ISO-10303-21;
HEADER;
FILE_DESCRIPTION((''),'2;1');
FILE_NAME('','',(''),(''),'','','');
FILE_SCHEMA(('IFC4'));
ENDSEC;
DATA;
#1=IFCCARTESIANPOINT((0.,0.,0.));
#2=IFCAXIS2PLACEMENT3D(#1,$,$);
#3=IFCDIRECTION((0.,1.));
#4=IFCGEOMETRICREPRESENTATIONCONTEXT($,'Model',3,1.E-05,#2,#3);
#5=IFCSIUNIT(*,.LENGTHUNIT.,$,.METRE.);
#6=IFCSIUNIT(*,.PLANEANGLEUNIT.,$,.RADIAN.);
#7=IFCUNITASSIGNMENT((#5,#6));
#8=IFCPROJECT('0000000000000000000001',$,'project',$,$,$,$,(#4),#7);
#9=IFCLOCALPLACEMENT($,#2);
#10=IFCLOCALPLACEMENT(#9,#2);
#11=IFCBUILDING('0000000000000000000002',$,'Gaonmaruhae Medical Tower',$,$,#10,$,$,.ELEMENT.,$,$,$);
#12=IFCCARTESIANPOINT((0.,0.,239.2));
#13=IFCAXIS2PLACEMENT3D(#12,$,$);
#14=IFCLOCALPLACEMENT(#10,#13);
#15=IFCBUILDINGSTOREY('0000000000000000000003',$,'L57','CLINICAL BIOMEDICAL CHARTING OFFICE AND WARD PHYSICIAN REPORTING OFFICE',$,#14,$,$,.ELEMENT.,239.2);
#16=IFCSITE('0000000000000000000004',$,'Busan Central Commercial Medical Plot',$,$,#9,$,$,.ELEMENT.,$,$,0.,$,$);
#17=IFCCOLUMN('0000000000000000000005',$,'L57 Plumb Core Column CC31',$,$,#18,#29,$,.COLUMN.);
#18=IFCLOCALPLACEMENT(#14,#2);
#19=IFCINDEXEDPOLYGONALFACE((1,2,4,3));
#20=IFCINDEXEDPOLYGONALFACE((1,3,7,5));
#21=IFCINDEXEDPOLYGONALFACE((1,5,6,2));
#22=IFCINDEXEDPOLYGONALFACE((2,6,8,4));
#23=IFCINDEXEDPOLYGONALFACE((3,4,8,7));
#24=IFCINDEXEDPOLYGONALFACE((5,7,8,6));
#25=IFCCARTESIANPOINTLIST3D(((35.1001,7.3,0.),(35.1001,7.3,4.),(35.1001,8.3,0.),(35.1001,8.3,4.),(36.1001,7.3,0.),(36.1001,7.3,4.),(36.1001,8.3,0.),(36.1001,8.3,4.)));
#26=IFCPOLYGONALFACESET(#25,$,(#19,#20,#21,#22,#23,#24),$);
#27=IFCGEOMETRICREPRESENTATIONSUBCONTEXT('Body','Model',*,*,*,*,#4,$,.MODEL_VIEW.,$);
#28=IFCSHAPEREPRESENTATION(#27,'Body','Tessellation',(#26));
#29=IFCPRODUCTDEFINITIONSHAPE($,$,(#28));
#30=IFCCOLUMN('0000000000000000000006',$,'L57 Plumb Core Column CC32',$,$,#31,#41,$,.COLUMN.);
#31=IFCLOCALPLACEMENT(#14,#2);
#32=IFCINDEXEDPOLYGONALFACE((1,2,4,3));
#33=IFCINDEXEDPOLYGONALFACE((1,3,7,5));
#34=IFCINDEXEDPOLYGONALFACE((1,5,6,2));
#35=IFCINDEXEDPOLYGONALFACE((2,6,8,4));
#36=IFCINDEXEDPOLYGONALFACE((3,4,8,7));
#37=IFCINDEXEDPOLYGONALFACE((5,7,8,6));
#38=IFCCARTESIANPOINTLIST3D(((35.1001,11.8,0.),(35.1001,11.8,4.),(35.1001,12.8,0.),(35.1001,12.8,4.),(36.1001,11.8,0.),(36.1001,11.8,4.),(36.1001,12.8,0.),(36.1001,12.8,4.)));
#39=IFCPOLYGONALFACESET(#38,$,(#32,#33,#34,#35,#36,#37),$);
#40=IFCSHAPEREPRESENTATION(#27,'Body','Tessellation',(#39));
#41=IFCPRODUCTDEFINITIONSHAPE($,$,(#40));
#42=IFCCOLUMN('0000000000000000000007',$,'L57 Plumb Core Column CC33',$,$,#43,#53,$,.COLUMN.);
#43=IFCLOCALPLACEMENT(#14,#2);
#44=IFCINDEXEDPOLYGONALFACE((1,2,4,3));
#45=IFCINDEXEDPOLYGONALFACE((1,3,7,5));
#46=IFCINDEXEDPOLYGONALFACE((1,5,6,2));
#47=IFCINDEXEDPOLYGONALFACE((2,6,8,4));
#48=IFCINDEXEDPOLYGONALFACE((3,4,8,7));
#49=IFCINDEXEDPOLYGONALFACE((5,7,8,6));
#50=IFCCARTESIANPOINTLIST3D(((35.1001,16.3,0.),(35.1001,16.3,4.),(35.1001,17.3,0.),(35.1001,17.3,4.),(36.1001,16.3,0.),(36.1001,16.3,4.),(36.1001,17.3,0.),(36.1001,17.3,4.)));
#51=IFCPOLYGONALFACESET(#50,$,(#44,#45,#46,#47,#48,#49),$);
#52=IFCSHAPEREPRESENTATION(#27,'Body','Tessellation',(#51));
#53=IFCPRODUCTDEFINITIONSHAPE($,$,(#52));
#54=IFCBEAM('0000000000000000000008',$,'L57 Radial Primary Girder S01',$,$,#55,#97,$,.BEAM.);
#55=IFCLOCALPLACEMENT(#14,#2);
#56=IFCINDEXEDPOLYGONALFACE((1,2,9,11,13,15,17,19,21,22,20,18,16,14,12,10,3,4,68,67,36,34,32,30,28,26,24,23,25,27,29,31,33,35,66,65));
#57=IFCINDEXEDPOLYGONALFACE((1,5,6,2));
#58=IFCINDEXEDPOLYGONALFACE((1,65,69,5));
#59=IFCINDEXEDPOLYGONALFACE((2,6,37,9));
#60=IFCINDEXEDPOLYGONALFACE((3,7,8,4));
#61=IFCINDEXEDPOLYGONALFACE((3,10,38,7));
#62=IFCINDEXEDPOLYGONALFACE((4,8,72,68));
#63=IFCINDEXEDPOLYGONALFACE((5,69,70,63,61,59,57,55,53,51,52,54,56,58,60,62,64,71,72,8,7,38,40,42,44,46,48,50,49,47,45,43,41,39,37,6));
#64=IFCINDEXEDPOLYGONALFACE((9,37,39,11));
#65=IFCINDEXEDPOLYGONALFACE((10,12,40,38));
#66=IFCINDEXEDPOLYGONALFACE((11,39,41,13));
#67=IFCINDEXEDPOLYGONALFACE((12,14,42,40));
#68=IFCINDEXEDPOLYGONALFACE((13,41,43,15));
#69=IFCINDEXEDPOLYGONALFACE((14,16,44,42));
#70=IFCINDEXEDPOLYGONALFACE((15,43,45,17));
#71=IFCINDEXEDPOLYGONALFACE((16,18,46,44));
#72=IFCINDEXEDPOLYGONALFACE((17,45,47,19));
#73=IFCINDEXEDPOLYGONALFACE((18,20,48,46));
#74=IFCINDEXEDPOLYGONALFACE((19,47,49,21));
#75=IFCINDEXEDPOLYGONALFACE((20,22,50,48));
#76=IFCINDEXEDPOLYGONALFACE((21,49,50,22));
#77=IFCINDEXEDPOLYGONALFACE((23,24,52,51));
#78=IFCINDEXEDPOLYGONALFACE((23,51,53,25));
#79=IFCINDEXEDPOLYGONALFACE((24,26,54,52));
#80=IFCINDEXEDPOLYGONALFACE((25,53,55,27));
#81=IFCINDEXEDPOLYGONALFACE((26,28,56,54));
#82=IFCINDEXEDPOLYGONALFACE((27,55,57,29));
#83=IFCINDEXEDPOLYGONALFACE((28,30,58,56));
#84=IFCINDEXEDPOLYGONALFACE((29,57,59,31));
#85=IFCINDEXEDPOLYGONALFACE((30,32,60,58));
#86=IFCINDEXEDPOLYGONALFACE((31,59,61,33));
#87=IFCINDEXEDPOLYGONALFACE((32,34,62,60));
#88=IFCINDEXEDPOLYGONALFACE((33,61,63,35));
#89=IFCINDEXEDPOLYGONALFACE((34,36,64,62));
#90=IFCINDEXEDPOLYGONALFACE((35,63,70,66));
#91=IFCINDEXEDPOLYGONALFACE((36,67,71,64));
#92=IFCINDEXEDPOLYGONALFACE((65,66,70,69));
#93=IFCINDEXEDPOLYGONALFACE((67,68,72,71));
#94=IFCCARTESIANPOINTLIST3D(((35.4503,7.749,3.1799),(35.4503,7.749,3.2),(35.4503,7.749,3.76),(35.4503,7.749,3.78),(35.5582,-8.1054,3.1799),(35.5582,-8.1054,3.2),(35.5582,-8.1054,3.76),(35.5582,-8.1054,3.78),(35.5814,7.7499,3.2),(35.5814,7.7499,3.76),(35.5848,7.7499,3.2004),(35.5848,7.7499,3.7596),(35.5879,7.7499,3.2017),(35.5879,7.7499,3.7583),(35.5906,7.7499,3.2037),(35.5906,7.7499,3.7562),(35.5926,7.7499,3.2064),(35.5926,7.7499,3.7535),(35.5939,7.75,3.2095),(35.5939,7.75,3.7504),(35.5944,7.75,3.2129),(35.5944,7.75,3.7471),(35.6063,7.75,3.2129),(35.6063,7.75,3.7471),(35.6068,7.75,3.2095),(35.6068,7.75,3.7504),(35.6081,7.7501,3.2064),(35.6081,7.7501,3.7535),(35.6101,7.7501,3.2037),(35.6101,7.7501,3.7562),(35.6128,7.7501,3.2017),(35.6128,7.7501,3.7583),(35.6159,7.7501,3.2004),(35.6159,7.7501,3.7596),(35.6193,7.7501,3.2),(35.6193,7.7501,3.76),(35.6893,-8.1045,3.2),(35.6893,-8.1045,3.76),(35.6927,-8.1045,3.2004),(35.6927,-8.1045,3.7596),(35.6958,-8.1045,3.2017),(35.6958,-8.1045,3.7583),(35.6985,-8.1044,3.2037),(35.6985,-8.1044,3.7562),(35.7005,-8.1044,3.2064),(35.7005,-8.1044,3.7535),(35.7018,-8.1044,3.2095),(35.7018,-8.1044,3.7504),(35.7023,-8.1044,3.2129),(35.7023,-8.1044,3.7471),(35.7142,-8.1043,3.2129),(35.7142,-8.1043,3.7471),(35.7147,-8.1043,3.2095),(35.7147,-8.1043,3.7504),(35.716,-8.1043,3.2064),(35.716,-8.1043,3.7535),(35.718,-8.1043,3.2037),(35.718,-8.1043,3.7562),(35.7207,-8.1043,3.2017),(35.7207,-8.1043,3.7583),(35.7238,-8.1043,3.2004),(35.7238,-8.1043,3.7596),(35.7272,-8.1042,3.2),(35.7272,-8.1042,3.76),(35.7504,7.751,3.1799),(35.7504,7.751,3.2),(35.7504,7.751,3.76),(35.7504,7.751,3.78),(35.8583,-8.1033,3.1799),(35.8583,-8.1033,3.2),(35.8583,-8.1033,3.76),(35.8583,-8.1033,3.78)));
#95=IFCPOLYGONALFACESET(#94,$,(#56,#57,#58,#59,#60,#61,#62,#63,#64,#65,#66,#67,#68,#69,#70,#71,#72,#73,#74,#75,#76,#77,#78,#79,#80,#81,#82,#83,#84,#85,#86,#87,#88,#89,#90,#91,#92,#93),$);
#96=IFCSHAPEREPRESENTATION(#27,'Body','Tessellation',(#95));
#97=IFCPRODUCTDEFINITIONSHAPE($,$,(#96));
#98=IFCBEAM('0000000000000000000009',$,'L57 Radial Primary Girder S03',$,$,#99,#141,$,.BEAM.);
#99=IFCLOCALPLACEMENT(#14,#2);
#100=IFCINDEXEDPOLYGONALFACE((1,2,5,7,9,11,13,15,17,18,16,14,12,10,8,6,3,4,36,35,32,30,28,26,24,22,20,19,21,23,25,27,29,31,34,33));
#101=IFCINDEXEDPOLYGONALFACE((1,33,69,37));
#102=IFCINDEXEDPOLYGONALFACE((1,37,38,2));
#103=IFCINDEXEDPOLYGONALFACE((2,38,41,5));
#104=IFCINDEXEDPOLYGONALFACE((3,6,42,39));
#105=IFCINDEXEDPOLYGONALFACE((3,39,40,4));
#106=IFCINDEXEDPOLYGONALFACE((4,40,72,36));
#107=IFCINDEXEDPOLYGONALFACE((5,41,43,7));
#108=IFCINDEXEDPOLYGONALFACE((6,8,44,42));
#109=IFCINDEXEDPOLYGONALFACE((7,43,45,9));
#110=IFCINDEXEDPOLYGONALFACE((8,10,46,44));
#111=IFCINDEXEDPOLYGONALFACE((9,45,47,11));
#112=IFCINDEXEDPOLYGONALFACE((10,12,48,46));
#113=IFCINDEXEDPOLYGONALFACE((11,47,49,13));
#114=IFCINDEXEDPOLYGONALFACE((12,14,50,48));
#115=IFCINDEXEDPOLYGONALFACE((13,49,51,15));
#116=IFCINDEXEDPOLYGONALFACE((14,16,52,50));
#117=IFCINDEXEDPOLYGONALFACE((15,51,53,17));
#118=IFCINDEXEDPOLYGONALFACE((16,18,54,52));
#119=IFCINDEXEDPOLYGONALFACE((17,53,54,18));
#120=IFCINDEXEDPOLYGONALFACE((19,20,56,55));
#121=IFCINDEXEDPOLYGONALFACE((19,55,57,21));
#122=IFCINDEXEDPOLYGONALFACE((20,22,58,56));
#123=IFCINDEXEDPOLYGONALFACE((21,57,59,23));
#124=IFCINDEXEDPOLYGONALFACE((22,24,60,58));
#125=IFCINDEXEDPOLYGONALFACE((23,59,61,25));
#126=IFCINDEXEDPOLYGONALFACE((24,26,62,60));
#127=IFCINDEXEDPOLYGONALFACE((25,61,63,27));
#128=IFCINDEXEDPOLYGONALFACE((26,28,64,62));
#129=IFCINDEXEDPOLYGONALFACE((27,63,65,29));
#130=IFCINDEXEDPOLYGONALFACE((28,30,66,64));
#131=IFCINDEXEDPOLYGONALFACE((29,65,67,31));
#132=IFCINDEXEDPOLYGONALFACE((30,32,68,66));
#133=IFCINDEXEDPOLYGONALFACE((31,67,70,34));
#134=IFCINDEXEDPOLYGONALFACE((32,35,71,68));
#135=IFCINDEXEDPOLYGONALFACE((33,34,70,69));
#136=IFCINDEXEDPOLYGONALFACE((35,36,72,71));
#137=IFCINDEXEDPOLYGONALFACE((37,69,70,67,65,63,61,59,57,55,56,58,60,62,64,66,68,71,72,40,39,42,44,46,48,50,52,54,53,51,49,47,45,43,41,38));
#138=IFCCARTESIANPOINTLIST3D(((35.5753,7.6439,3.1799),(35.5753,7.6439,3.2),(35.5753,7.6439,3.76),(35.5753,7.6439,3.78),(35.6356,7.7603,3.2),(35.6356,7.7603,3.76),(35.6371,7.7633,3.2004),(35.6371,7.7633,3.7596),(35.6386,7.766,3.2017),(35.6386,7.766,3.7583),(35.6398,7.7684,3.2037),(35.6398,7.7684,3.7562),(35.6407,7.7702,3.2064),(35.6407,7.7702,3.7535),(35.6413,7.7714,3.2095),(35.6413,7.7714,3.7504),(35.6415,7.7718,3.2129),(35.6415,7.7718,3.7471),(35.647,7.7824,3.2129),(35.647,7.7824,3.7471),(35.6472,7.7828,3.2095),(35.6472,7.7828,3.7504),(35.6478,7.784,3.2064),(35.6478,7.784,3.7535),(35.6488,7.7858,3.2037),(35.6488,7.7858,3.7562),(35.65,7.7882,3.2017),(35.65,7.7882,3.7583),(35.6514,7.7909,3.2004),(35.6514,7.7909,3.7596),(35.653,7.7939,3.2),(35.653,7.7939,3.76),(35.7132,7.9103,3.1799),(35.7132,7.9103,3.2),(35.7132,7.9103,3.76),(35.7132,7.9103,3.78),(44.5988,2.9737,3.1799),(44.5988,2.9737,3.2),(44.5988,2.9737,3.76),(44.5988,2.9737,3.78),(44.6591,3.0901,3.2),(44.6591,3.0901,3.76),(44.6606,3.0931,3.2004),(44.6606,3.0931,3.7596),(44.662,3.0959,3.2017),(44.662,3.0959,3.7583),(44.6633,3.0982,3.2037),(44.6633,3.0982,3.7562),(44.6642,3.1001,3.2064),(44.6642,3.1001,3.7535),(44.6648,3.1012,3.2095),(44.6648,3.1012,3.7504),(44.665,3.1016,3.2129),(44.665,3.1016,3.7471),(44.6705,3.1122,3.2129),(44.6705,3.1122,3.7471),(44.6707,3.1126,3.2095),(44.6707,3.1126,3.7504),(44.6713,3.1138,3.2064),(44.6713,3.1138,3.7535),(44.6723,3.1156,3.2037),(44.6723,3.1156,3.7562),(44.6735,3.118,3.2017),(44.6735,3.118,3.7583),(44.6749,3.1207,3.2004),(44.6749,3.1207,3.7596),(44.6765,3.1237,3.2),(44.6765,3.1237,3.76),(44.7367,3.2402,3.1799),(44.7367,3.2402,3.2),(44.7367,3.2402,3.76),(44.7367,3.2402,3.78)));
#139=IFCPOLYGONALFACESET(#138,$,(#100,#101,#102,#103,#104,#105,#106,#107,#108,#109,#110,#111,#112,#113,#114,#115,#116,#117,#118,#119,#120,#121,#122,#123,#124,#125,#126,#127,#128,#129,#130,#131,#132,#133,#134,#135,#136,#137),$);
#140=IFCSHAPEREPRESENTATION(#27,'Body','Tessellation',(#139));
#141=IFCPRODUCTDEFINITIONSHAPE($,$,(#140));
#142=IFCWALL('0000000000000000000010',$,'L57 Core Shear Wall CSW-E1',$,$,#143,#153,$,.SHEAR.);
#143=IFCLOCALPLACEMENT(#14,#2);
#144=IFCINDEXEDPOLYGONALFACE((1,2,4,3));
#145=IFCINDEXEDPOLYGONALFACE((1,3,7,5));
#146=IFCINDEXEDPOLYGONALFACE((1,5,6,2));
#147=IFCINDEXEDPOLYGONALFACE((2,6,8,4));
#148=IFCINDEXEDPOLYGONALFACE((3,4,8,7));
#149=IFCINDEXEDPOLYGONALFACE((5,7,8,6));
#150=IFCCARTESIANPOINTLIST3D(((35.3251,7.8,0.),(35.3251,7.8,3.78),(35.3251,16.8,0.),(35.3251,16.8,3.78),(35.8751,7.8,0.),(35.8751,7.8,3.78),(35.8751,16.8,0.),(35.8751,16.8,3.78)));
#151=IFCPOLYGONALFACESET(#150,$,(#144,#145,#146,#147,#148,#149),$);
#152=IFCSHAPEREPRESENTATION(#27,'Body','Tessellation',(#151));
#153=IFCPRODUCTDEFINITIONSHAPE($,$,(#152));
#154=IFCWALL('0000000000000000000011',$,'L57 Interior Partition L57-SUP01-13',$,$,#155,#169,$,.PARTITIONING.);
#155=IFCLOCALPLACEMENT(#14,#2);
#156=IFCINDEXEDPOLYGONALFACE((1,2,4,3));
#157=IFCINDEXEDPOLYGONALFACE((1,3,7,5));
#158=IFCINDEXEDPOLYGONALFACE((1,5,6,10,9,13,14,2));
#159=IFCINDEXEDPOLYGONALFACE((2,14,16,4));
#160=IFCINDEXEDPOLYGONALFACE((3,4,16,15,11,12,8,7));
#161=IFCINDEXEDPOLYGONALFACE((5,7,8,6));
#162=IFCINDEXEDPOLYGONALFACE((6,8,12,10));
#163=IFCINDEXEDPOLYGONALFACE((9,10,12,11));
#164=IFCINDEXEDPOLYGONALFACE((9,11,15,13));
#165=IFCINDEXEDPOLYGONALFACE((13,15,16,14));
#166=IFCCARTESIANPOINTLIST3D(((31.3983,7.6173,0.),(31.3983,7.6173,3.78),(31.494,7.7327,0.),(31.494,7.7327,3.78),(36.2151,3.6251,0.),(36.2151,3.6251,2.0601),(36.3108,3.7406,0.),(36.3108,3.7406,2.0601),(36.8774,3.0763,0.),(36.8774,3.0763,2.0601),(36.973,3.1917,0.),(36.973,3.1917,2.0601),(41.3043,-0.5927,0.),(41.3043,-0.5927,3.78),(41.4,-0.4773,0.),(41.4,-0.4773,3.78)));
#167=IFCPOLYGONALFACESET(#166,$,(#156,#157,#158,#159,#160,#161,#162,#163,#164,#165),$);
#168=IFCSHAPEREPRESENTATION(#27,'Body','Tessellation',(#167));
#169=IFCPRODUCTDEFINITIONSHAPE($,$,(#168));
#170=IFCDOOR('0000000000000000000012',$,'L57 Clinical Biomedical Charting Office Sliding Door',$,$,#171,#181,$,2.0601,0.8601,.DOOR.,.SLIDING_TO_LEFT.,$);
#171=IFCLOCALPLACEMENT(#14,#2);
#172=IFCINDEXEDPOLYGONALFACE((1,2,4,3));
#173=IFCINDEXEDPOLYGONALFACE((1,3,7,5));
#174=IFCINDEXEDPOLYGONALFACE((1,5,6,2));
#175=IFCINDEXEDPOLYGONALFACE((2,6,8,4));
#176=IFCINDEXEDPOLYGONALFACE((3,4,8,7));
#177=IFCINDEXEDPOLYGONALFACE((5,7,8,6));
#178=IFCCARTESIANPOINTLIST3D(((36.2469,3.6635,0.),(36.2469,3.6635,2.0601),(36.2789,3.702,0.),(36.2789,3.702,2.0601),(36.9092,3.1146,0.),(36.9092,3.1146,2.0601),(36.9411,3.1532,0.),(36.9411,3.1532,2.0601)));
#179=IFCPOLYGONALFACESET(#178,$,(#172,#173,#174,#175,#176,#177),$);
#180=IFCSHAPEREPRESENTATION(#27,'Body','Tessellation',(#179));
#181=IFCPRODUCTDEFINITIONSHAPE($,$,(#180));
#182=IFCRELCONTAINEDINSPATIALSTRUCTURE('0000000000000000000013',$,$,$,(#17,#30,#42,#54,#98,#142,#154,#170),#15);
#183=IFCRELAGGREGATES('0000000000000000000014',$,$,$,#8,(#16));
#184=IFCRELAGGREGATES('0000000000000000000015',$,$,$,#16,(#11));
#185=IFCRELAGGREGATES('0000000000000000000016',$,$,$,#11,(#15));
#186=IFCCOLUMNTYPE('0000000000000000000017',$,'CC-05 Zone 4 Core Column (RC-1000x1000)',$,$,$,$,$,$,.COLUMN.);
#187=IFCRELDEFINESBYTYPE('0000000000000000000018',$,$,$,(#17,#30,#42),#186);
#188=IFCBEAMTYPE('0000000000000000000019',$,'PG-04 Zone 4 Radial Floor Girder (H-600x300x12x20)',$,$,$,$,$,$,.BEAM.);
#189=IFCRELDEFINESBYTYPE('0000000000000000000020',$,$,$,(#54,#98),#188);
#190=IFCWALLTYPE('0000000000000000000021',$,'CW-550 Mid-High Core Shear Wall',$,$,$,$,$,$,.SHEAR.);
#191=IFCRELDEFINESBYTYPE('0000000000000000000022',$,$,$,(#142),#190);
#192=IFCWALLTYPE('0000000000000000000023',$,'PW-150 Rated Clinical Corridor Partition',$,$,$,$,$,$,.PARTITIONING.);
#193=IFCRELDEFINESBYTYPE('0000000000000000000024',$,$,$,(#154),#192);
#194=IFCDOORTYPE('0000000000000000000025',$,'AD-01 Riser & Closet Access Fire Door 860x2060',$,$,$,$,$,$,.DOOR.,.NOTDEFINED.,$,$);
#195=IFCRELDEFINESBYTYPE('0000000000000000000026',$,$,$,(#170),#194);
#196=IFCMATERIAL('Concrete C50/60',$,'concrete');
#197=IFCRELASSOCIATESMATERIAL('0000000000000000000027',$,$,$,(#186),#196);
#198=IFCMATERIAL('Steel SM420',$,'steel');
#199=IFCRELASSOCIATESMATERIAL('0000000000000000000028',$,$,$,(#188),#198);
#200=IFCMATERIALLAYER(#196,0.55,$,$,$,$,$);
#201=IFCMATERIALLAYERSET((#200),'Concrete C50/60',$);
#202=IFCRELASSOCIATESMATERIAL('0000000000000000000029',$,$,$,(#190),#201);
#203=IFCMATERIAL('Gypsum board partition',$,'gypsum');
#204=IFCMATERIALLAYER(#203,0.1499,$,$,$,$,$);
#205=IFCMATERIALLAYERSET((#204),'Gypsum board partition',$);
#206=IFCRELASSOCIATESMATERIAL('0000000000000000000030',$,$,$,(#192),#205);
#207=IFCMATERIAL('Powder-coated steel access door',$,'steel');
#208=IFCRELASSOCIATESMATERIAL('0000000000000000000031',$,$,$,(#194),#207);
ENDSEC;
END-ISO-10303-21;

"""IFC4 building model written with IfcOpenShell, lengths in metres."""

from ifc_helpers import new_model, si_unit, direction, frame, frame_2d, origin, origin_2d, place, context, subcontext, project, spatial, rectangle, i_section, extrude, material, layer, layer_set, material_profile, profile_set, type_object, element, fill, save


model = new_model("IFC4")

# Units and contexts
model_context = context("Model", 3, precision=1e-05, world=origin(), true_north=direction((0.0, 1.0)))
body_context = subcontext(model_context, "Body", "Model", "MODEL_VIEW")
ifc_project = project(units=[si_unit("LENGTHUNIT", "METRE"), si_unit("PLANEANGLEUNIT", "RADIAN")], contexts=[model_context])

# Site, building, storey
site_placement = place(None, origin())
site = spatial("IfcSite", under=ifc_project, at=site_placement, Name="Busan Central Commercial Medical Plot", CompositionType="ELEMENT", RefElevation=0.0)
building_placement = place(site_placement, origin())
building = spatial("IfcBuilding", under=site, at=building_placement, Name="Gaonmaruhae Medical Tower", CompositionType="ELEMENT")
storey_placement = place(building_placement, frame((0.0, 0.0, 239.2)))
storey = spatial("IfcBuildingStorey", under=building, at=storey_placement, Name="L57", Description="CLINICAL BIOMEDICAL CHARTING OFFICE AND WARD PHYSICIAN REPORTING OFFICE", CompositionType="ELEMENT", Elevation=239.2)

# Columns
ifc_material_1 = material(Name="Concrete C50/60", Category="concrete")
ifc_material_profile_1 = material_profile(ifc_material_1, rectangle(XDim=1.0, YDim=1.0, at=origin_2d()), Name="RC-1000x1000")
ifc_profile_set_1 = profile_set([ifc_material_profile_1], Name="Concrete C50/60")
column_type = type_object("IfcColumnType", Name="CC-05 Zone 4 Core Column (RC-1000x1000)", PredefinedType="COLUMN", material=ifc_profile_set_1)
for number, where, z_axis, x_axis, name in (
    (1, (35.6001, 7.8, 0.0), (0.0, 0.0, 1.0), (1.0, 0.0, 0.0), "L57 Plumb Core Column CC31"),
    (2, (35.6001, 12.3, 0.0), (0.0, 0.0, 1.0), (1.0, 0.0, 0.0), "L57 Plumb Core Column CC32"),
    (3, (35.6001, 16.8, 0.0), (0.0, 0.0, 1.0), (1.0, 0.0, 0.0), "L57 Plumb Core Column CC33"),
):
    element("IfcColumn", number, at=place(storey_placement, frame(where, z_axis=z_axis, x_axis=x_axis)), inside=storey, type_object=column_type, Name=name, PredefinedType="COLUMN", context=body_context, shape_type="SweptSolid", body=[
        extrude(rectangle(XDim=1.0, YDim=1.0, at=origin_2d()), origin(), (0.0, 0.0, 1.0), 4.0),
    ])

# Beams
ifc_material_2 = material(Name="Steel SM420", Category="steel")
ifc_material_profile_2 = material_profile(ifc_material_2, i_section(OverallWidth=0.3, OverallDepth=0.6001, WebThickness=0.012, FlangeThickness=0.02, FilletRadius=0.0129, at=origin_2d()), Name="H-600x300x12x20")
ifc_profile_set_2 = profile_set([ifc_material_profile_2], Name="Steel SM420")
beam_type = type_object("IfcBeamType", Name="PG-04 Zone 4 Radial Floor Girder (H-600x300x12x20)", PredefinedType="BEAM", material=ifc_profile_set_2)
beam_1_placement = place(storey_placement, frame((35.6003, 7.75, 3.48), z_axis=(0.006806, -0.999977, 0.0), x_axis=(0.999977, 0.006806, 0.0)))
element("IfcBeam", 4, at=beam_1_placement, inside=storey, type_object=beam_type, Name="L57 Radial Primary Girder S01", PredefinedType="BEAM", context=body_context, shape_type="SweptSolid", body=[
    extrude(i_section(OverallWidth=0.3, OverallDepth=0.6001, WebThickness=0.012, FlangeThickness=0.02, FilletRadius=0.0129, at=origin_2d()), origin(), (0.0, 0.0, 1.0), 15.8547),
])
beam_2_placement = place(storey_placement, frame((35.6443, 7.7771, 3.48), z_axis=(0.888102, -0.459646, 0.0), x_axis=(0.459646, 0.888102, 0.0)))
element("IfcBeam", 5, at=beam_2_placement, inside=storey, type_object=beam_type, Name="L57 Radial Primary Girder S03", PredefinedType="BEAM", context=body_context, shape_type="SweptSolid", body=[
    extrude(i_section(OverallWidth=0.3, OverallDepth=0.6001, WebThickness=0.012, FlangeThickness=0.02, FilletRadius=0.0129, at=origin_2d()), origin(), (0.0, 0.0, 1.0), 10.1604),
])

# Wall
ifc_layer_1 = layer(ifc_material_1, 0.55)
ifc_layer_set_1 = layer_set([ifc_layer_1], Name="Concrete C50/60")
wall_type_1 = type_object("IfcWallType", Name="CW-550 Mid-High Core Shear Wall", PredefinedType="SHEAR", material=ifc_layer_set_1)
wall_1_placement = place(storey_placement, frame((35.6001, 7.8, 0.0), z_axis=(0.0, 0.0, 1.0), x_axis=(0.0, 1.0, 0.0)))
element("IfcWall", 6, at=wall_1_placement, inside=storey, type_object=wall_type_1, Name="L57 Core Shear Wall CSW-E1", PredefinedType="SHEAR", context=body_context, shape_type="SweptSolid", body=[
    extrude(rectangle(XDim=9.0, YDim=0.55, at=frame_2d((4.5, 0.0))), origin(), (0.0, 0.0, 1.0), 3.78),
])

# Wall, opening, door
ifc_material_3 = material(Name="Gypsum board partition", Category="gypsum")
ifc_layer_2 = layer(ifc_material_3, 0.1499)
ifc_layer_set_2 = layer_set([ifc_layer_2], Name="Gypsum board partition")
wall_type_2 = type_object("IfcWallType", Name="PW-150 Rated Clinical Corridor Partition", PredefinedType="PARTITIONING", material=ifc_layer_set_2)
wall_2_placement = place(storey_placement, frame((31.446, 7.675, 0.0), z_axis=(0.0, 0.0, 1.0), x_axis=(0.76994, -0.638116, 0.0)))
wall_2 = element("IfcWall", 7, at=wall_2_placement, inside=storey, type_object=wall_type_2, Name="L57 Interior Partition L57-SUP01-13", PredefinedType="PARTITIONING", context=body_context, shape_type="SweptSolid", body=[
    extrude(rectangle(XDim=12.866, YDim=0.1499, at=frame_2d((6.4331, 0.0))), origin(), (0.0, 0.0, 1.0), 3.78),
])
opening_1_placement = place(wall_2_placement, frame((6.2561, 0.0, 0.0)))
opening_1 = element("IfcOpeningElement", 8, at=opening_1_placement, cuts=wall_2, PredefinedType="OPENING", context=body_context, shape_type="SweptSolid", body=[
    extrude(rectangle(XDim=0.8601, YDim=2.0601, at=frame_2d((0.4302, 1.03))), frame((0.0, 0.085, 0.0), z_axis=(0.0, -1.0, 0.0), x_axis=(1.0, 0.0, 0.0)), (0.0, 0.0, 1.0), 0.1699),
])
ifc_material_4 = material(Name="Powder-coated steel access door", Category="steel")
door_type_1 = type_object("IfcDoorType", Name="AD-01 Riser & Closet Access Fire Door 860x2060", OperationType="NOTDEFINED", PredefinedType="DOOR", material=ifc_material_4)
door_1_placement = place(opening_1_placement, origin())
door_1 = element("IfcDoor", 9, at=door_1_placement, inside=storey, type_object=door_type_1, Name="L57 Clinical Biomedical Charting Office Sliding Door", OperationType="SLIDING_TO_LEFT", OverallHeight=2.0601, OverallWidth=0.8601, PredefinedType="DOOR", context=body_context, shape_type="SweptSolid", body=[
    extrude(rectangle(XDim=0.8601, YDim=2.0601, at=frame_2d((0.4302, 1.03))), frame((0.0, 0.0249, 0.0), z_axis=(0.0, -1.0, 0.0), x_axis=(1.0, 0.0, 0.0)), (0.0, 0.0, 1.0), 0.05),
])
fill(opening_1, door_1)

save(model, "model.ifc")
